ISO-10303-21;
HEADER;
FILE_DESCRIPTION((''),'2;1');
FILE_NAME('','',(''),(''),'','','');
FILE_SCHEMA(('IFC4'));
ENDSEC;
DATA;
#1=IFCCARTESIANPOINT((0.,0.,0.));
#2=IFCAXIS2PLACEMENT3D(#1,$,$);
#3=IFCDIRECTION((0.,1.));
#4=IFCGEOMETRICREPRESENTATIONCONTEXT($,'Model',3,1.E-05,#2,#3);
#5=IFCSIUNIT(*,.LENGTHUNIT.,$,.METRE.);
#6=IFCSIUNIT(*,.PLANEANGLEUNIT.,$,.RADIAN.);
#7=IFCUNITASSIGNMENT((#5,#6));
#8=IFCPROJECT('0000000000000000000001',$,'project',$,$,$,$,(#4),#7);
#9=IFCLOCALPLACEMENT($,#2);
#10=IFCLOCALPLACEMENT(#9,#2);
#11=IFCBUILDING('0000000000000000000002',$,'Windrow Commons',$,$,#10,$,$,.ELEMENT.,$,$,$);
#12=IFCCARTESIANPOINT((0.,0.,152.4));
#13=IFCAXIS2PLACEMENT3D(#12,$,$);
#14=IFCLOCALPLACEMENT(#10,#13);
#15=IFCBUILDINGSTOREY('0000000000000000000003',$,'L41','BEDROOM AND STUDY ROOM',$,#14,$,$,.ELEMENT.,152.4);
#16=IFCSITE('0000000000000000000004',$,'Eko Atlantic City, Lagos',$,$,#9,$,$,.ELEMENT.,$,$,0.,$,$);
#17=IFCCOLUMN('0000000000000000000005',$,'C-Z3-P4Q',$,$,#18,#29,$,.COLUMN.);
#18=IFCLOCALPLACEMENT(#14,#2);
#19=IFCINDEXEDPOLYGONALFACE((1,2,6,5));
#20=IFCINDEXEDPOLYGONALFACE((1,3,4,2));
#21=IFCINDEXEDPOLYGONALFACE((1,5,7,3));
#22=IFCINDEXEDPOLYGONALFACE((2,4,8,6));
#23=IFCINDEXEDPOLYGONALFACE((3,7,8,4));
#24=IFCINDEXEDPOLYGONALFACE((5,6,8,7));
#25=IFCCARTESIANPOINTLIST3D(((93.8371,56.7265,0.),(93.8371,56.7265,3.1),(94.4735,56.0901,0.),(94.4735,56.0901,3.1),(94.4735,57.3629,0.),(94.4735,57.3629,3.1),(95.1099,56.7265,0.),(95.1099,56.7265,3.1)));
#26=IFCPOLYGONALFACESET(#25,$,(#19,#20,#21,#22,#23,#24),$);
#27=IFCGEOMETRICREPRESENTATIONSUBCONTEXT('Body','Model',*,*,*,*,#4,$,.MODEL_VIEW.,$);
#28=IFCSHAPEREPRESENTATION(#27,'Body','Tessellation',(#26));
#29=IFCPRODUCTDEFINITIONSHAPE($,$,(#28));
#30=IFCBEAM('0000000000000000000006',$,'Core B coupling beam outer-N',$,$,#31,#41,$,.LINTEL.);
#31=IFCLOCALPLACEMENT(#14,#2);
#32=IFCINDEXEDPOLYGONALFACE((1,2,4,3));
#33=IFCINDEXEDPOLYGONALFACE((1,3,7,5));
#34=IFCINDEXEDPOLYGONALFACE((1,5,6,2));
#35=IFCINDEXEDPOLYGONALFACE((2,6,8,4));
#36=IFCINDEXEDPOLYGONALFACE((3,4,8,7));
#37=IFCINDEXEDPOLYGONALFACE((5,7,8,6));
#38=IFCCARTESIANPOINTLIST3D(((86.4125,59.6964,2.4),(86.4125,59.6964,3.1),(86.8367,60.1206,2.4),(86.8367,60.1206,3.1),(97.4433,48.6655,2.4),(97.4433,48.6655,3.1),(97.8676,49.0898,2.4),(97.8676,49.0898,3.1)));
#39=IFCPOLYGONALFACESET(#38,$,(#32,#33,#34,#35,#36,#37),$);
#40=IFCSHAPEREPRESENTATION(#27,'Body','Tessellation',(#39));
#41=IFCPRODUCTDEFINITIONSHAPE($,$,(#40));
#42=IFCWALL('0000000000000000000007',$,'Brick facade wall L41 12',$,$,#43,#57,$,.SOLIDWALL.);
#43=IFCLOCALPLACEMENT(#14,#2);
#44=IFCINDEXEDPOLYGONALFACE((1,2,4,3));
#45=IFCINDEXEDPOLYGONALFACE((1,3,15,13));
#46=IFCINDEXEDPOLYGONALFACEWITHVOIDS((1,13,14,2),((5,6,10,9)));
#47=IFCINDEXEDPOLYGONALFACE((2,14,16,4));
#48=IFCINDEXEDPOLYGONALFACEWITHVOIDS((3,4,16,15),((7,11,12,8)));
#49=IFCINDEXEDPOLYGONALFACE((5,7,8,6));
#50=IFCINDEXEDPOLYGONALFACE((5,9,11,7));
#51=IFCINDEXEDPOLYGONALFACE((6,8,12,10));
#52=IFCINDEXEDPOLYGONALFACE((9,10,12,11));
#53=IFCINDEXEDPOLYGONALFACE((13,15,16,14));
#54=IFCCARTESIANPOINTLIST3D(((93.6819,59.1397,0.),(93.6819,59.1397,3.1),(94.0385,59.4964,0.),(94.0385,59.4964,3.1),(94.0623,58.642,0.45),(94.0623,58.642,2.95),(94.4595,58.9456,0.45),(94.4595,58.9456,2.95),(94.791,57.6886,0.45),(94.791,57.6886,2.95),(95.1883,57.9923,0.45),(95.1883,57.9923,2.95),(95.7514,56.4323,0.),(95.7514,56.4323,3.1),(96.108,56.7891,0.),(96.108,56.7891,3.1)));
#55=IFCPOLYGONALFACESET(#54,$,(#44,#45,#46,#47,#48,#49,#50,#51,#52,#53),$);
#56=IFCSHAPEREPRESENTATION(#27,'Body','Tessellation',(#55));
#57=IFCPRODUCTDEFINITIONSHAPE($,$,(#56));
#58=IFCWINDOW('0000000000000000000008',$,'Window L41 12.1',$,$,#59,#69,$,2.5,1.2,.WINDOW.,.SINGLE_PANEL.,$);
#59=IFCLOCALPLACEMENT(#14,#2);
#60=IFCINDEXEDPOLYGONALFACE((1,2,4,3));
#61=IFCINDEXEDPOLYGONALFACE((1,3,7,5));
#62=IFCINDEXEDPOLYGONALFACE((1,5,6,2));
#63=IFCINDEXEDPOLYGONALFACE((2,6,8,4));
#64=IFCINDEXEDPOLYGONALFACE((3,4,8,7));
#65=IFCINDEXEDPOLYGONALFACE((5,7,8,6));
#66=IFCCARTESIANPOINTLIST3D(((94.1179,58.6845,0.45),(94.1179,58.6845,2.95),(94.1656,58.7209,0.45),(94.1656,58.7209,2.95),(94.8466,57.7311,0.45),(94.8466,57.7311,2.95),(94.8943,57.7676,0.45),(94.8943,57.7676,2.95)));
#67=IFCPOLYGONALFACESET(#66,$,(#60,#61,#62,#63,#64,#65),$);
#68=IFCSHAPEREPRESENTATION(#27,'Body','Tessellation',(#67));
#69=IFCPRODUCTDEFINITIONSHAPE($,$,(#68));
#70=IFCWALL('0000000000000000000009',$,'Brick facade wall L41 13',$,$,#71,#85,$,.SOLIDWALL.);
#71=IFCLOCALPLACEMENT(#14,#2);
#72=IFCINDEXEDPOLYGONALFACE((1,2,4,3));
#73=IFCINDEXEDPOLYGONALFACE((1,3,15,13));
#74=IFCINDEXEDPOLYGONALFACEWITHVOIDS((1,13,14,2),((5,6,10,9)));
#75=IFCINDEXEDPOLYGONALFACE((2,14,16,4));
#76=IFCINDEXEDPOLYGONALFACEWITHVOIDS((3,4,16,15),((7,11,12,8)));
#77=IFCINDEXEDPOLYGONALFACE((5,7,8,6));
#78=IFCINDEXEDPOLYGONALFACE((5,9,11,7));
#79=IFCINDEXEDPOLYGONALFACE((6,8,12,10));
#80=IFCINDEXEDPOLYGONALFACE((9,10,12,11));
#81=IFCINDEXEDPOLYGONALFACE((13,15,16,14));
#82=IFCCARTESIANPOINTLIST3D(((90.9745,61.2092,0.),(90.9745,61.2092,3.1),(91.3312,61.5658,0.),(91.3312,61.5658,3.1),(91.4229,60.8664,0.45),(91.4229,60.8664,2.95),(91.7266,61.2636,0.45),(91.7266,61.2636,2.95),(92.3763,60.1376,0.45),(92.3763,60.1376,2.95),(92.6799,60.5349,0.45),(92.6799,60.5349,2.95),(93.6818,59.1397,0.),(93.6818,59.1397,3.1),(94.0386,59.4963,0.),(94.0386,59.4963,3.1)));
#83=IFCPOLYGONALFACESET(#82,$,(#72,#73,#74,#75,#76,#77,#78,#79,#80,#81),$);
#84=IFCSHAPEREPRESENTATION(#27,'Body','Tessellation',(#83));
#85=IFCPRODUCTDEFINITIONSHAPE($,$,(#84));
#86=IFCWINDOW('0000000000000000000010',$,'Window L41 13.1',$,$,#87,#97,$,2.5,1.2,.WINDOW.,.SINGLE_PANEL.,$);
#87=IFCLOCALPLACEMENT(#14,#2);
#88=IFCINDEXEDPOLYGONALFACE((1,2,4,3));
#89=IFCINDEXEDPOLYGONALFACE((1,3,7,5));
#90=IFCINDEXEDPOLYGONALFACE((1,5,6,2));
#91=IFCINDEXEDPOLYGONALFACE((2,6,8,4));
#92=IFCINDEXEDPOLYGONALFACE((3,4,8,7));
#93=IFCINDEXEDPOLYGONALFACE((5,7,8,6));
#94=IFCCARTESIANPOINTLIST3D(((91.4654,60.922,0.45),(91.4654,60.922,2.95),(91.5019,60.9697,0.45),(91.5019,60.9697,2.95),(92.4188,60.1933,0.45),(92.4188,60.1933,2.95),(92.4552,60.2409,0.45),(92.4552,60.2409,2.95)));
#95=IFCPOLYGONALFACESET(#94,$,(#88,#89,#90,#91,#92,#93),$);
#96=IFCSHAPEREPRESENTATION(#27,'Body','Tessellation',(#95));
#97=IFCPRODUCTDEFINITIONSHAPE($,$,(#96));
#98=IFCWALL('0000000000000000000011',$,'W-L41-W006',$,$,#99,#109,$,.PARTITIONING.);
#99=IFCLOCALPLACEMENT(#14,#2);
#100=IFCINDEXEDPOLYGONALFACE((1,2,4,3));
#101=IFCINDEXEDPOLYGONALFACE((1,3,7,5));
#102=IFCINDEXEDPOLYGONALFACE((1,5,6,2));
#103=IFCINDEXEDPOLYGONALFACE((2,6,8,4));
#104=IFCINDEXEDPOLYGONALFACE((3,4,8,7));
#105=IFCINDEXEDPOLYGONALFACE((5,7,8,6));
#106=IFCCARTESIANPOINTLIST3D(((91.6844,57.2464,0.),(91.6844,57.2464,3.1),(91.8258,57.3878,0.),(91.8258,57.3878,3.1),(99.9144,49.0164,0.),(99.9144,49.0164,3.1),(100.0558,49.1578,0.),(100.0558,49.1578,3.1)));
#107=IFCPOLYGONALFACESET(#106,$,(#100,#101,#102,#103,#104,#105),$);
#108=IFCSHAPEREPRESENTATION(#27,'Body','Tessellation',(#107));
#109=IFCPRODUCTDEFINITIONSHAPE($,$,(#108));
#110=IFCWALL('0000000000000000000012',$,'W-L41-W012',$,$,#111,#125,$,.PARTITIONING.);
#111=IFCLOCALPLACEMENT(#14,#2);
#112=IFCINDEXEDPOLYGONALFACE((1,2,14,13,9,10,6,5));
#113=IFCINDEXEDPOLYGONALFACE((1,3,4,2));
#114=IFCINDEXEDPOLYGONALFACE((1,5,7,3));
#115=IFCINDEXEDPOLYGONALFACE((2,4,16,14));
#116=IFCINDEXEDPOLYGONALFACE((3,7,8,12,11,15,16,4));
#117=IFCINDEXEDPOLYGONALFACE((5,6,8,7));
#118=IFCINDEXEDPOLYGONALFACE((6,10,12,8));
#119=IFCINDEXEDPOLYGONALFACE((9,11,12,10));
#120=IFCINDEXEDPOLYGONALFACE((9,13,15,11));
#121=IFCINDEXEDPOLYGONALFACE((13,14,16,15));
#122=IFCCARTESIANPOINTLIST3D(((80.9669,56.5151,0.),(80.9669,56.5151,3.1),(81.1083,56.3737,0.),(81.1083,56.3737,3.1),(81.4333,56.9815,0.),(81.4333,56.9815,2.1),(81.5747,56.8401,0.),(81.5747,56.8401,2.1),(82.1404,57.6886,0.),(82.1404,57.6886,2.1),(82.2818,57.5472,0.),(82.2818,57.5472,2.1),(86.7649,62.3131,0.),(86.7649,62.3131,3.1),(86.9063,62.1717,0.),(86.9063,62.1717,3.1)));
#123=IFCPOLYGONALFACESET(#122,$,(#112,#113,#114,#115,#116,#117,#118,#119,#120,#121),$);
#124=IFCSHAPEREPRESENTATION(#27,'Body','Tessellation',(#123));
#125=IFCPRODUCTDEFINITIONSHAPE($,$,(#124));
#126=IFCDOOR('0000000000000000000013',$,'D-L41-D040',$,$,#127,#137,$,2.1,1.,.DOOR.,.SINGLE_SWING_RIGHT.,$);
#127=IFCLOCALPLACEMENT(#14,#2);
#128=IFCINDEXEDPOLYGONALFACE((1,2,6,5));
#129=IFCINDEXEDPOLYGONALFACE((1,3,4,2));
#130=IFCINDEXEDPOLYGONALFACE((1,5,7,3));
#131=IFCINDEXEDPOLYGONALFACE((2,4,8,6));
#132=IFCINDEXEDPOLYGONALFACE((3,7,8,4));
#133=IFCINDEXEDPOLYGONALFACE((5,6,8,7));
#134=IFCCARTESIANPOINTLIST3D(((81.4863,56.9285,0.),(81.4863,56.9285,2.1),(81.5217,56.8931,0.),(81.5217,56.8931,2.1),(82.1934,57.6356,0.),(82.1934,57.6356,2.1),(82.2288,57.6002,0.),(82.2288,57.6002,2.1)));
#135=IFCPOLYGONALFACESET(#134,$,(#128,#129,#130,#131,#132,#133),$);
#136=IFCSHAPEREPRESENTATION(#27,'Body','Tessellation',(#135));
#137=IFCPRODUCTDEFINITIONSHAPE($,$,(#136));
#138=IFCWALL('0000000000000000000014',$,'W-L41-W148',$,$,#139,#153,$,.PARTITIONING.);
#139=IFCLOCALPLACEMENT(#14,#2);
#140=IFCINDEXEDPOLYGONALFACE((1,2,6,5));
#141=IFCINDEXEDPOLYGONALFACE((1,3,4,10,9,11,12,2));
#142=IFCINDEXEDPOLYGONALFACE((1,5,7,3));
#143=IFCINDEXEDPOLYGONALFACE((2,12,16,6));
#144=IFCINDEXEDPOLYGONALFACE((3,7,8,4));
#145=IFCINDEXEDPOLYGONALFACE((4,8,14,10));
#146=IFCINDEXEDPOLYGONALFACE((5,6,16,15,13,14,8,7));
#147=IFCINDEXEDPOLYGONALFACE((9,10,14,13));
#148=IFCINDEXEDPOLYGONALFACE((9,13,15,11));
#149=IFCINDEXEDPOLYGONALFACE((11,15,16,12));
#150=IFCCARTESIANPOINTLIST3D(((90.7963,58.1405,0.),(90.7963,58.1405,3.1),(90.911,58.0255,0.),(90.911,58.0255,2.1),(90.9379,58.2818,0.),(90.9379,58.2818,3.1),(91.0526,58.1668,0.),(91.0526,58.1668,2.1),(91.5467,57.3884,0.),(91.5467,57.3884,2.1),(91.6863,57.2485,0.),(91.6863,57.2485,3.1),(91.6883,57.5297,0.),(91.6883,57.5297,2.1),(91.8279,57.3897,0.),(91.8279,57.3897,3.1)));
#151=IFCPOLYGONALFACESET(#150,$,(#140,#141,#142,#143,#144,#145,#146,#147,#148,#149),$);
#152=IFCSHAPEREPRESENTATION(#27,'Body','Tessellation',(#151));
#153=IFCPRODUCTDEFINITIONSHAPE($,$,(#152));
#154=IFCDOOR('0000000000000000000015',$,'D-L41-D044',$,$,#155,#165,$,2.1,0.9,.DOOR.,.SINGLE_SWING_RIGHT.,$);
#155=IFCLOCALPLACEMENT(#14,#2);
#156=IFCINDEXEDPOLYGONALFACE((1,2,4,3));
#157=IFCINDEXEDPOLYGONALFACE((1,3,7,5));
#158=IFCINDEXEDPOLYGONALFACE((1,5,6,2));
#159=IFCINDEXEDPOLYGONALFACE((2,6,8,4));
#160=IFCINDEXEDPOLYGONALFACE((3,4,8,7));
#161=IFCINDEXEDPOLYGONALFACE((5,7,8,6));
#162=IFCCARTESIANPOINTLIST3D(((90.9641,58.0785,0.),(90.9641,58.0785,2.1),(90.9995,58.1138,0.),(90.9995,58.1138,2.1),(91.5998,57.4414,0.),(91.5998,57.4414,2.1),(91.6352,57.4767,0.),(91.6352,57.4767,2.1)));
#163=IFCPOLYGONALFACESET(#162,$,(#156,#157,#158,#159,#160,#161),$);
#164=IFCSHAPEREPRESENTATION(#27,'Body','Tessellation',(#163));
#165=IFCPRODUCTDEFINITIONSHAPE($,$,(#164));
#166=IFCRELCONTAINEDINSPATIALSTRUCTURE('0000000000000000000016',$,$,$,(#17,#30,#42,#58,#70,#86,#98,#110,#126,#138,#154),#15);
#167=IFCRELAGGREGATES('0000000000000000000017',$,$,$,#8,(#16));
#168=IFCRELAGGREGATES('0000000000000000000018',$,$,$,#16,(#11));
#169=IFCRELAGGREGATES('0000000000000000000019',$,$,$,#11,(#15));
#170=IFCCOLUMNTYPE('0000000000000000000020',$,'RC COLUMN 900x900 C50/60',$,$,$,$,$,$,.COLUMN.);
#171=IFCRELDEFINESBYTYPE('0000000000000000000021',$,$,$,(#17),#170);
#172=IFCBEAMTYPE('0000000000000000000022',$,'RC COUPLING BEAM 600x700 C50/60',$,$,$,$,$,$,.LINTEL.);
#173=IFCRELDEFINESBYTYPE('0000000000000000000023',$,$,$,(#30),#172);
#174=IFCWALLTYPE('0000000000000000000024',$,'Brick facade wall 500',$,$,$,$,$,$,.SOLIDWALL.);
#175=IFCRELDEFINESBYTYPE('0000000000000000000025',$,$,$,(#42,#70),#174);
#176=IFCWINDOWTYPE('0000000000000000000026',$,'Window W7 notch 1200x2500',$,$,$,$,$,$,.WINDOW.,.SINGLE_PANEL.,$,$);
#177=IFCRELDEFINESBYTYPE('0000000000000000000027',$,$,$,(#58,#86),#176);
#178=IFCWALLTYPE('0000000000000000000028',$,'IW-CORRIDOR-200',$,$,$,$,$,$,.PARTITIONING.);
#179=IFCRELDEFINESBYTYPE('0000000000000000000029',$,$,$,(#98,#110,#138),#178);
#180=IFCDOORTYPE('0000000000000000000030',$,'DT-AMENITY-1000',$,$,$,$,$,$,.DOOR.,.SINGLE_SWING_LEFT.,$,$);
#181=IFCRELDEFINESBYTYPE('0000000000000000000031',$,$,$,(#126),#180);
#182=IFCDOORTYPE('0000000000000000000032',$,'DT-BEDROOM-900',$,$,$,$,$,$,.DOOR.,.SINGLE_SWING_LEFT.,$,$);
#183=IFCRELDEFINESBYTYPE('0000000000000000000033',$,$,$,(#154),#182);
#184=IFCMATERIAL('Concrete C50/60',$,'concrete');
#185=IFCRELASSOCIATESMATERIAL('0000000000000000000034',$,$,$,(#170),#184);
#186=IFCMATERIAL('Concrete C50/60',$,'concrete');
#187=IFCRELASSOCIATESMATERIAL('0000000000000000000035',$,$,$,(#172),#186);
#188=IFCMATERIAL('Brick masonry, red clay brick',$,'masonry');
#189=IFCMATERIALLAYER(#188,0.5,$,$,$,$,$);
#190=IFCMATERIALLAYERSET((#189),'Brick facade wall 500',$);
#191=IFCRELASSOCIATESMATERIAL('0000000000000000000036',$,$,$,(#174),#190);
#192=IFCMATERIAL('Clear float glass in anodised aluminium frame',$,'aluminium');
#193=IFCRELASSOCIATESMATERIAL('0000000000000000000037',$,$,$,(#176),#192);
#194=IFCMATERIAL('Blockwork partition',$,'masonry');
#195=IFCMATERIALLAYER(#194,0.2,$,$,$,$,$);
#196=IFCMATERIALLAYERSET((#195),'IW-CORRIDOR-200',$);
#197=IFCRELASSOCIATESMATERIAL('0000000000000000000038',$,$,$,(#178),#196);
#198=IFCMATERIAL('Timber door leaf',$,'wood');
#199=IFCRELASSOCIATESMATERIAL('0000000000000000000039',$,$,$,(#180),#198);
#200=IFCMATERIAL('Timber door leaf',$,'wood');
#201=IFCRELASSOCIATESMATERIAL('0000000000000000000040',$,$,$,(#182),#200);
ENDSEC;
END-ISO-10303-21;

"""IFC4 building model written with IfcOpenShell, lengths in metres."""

from ifc_helpers import new_model, si_unit, direction, frame, frame_2d, origin, origin_2d, place, context, subcontext, project, spatial, polyline, rectangle, outline, extrude, material, layer, layer_set, material_profile, profile_set, type_object, element, fill, save


model = new_model("IFC4")

# Units and contexts
model_context = context("Model", 3, precision=1e-05, world=origin(), true_north=direction((0.0, 1.0)))
body_context = subcontext(model_context, "Body", "Model", "MODEL_VIEW")
ifc_project = project(units=[si_unit("LENGTHUNIT", "METRE"), si_unit("PLANEANGLEUNIT", "RADIAN")], contexts=[model_context])

# Site, building, storey
site_placement = place(None, origin())
site = spatial("IfcSite", under=ifc_project, at=site_placement, Name="Eko Atlantic City, Lagos", CompositionType="ELEMENT", RefElevation=0.0)
building_placement = place(site_placement, origin())
building = spatial("IfcBuilding", under=site, at=building_placement, Name="Windrow Commons", CompositionType="ELEMENT")
storey_placement = place(building_placement, frame((0.0, 0.0, 152.4)))
storey = spatial("IfcBuildingStorey", under=building, at=storey_placement, Name="L41", Description="BEDROOM AND STUDY ROOM", CompositionType="ELEMENT", Elevation=152.4)

# Column
ifc_material_1 = material(Name="Concrete C50/60", Category="concrete")
ifc_material_profile_1 = material_profile(ifc_material_1, rectangle(XDim=0.9, YDim=0.9, at=origin_2d()))
ifc_profile_set_1 = profile_set([ifc_material_profile_1], Name="Concrete C50/60")
column_type = type_object("IfcColumnType", Name="RC COLUMN 900x900 C50/60", PredefinedType="COLUMN", material=ifc_profile_set_1)
column_placement = place(storey_placement, frame((94.4735, 56.7265, 0.0), z_axis=(0.0, 0.0, 1.0), x_axis=(0.707107, -0.707107, 0.0)))
element("IfcColumn", 1, at=column_placement, inside=storey, type_object=column_type, Name="C-Z3-P4Q", PredefinedType="COLUMN", context=body_context, shape_type="SweptSolid", body=[
    extrude(rectangle(XDim=0.9, YDim=0.9, at=origin_2d()), origin(), (0.0, 0.0, 1.0), 3.1),
])

# Beam
ifc_material_2 = material(Name="Concrete C50/60", Category="concrete")
ifc_material_profile_2 = material_profile(ifc_material_2, rectangle(XDim=0.6, YDim=0.7, at=origin_2d()))
ifc_profile_set_2 = profile_set([ifc_material_profile_2], Name="Concrete C50/60")
beam_type = type_object("IfcBeamType", Name="RC COUPLING BEAM 600x700 C50/60", PredefinedType="LINTEL", material=ifc_profile_set_2)
beam_placement = place(storey_placement, frame((86.6246, 59.9085, 2.75), z_axis=(0.707107, -0.707107, 0.0), x_axis=(0.707107, 0.707107, 0.0)))
element("IfcBeam", 2, at=beam_placement, inside=storey, type_object=beam_type, Name="Core B coupling beam outer-N", PredefinedType="LINTEL", context=body_context, shape_type="SweptSolid", body=[
    extrude(rectangle(XDim=0.6, YDim=0.7, at=origin_2d()), origin(), (0.0, 0.0, 1.0), 15.6),
])

# Walls, openings, windows
ifc_material_3 = material(Name="Brick masonry, red clay brick", Category="masonry")
ifc_layer_1 = layer(ifc_material_3, 0.5)
ifc_layer_set_1 = layer_set([ifc_layer_1], Name="Brick facade wall 500")
wall_type_1 = type_object("IfcWallType", Name="Brick facade wall 500", PredefinedType="SOLIDWALL", material=ifc_layer_set_1)
wall_1_placement = place(storey_placement, frame((95.9297, 56.6107, 0.0), z_axis=(0.0, 0.0, 1.0), x_axis=(-0.607304, 0.794469, 0.0)))
wall_1 = element("IfcWall", 3, at=wall_1_placement, inside=storey, type_object=wall_type_1, Name="Brick facade wall L41 12", PredefinedType="SOLIDWALL", context=body_context, shape_type="SweptSolid", body=[
    extrude(outline(polyline([(0.0334, -0.25), (3.4411, -0.25), (3.3743, 0.25), (-0.0334, 0.25), (0.0334, -0.25)])), origin(), (0.0, 0.0, 1.0), 3.1),
])
opening_1_placement = place(wall_1_placement, frame((1.5479, 0.0, 0.45)))
opening_1 = element("IfcOpeningElement", 4, at=opening_1_placement, cuts=wall_1, PredefinedType="OPENING", context=body_context, shape_type="SweptSolid", body=[
    extrude(rectangle(XDim=1.2, YDim=2.5, at=frame_2d((0.6, 1.25))), frame((0.0, 0.26, 0.0), z_axis=(0.0, -1.0, 0.0), x_axis=(1.0, 0.0, 0.0)), (0.0, 0.0, 1.0), 0.52),
])
ifc_material_4 = material(Name="Clear float glass in anodised aluminium frame", Category="aluminium")
window_type = type_object("IfcWindowType", Name="Window W7 notch 1200x2500", PartitioningType="SINGLE_PANEL", PredefinedType="WINDOW", material=ifc_material_4)
window_1_placement = place(opening_1_placement, origin())
window_1 = element("IfcWindow", 5, at=window_1_placement, inside=storey, type_object=window_type, Name="Window L41 12.1", OverallHeight=2.5, OverallWidth=1.2, PartitioningType="SINGLE_PANEL", PredefinedType="WINDOW", context=body_context, shape_type="SweptSolid", body=[
    extrude(rectangle(XDim=1.2, YDim=2.5, at=frame_2d((0.6, 1.25))), frame((0.0, 0.18, 0.0), z_axis=(0.0, -1.0, 0.0), x_axis=(1.0, 0.0, 0.0)), (0.0, 0.0, 1.0), 0.06),
])
fill(opening_1, window_1)
wall_2_placement = place(storey_placement, frame((93.8602, 59.318, 0.0), z_axis=(0.0, 0.0, 1.0), x_axis=(-0.794469, 0.607304, 0.0)))
wall_2 = element("IfcWall", 6, at=wall_2_placement, inside=storey, type_object=wall_type_1, Name="Brick facade wall L41 13", PredefinedType="SOLIDWALL", context=body_context, shape_type="SweptSolid", body=[
    extrude(outline(polyline([(-0.0334, -0.25), (3.3743, -0.25), (3.4411, 0.25), (0.0334, 0.25), (-0.0334, -0.25)])), origin(), (0.0, 0.0, 1.0), 3.1),
])
opening_2_placement = place(wall_2_placement, frame((1.6767, 0.0, 0.45)))
opening_2 = element("IfcOpeningElement", 7, at=opening_2_placement, cuts=wall_2, PredefinedType="OPENING", context=body_context, shape_type="SweptSolid", body=[
    extrude(rectangle(XDim=1.2, YDim=2.5, at=frame_2d((0.6, 1.25))), frame((0.0, 0.26, 0.0), z_axis=(0.0, -1.0, 0.0), x_axis=(1.0, 0.0, 0.0)), (0.0, 0.0, 1.0), 0.52),
])
window_2_placement = place(opening_2_placement, origin())
window_2 = element("IfcWindow", 8, at=window_2_placement, inside=storey, type_object=window_type, Name="Window L41 13.1", OverallHeight=2.5, OverallWidth=1.2, PartitioningType="SINGLE_PANEL", PredefinedType="WINDOW", context=body_context, shape_type="SweptSolid", body=[
    extrude(rectangle(XDim=1.2, YDim=2.5, at=frame_2d((0.6, 1.25))), frame((0.0, 0.18, 0.0), z_axis=(0.0, -1.0, 0.0), x_axis=(1.0, 0.0, 0.0)), (0.0, 0.0, 1.0), 0.06),
])
fill(opening_2, window_2)

# Wall
ifc_material_5 = material(Name="Blockwork partition", Category="masonry")
ifc_layer_2 = layer(ifc_material_5, 0.2)
ifc_layer_set_2 = layer_set([ifc_layer_2], Name="IW-CORRIDOR-200")
wall_type_2 = type_object("IfcWallType", Name="IW-CORRIDOR-200", PredefinedType="PARTITIONING", material=ifc_layer_set_2)
wall_3_placement = place(storey_placement, frame((91.7551, 57.3171, 0.0), z_axis=(0.0, 0.0, 1.0), x_axis=(0.707107, -0.707107, 0.0)))
element("IfcWall", 9, at=wall_3_placement, inside=storey, type_object=wall_type_2, Name="W-L41-W006", PredefinedType="PARTITIONING", context=body_context, shape_type="SweptSolid", body=[
    extrude(rectangle(XDim=11.639, YDim=0.2, at=frame_2d((5.8195, 0.0))), origin(), (0.0, 0.0, 1.0), 3.1),
])

# Walls, openings, doors
wall_4_placement = place(storey_placement, frame((81.0376, 56.4444, 0.0), z_axis=(0.0, 0.0, 1.0), x_axis=(0.707107, 0.707107, 0.0)))
wall_4 = element("IfcWall", 10, at=wall_4_placement, inside=storey, type_object=wall_type_2, Name="W-L41-W012", PredefinedType="PARTITIONING", context=body_context, shape_type="SweptSolid", body=[
    extrude(rectangle(XDim=8.1996, YDim=0.2, at=frame_2d((4.0998, 0.0))), origin(), (0.0, 0.0, 1.0), 3.1),
])
opening_3_placement = place(wall_4_placement, frame((0.6596, 0.0, 0.0)))
opening_3 = element("IfcOpeningElement", 11, at=opening_3_placement, cuts=wall_4, PredefinedType="OPENING", context=body_context, shape_type="SweptSolid", body=[
    extrude(rectangle(XDim=1.0, YDim=2.1, at=frame_2d((0.5, 1.05))), frame((0.0, 0.11, 0.0), z_axis=(0.0, -1.0, 0.0), x_axis=(1.0, 0.0, 0.0)), (0.0, 0.0, 1.0), 0.22),
])
ifc_material_6 = material(Name="Timber door leaf", Category="wood")
door_type_1 = type_object("IfcDoorType", Name="DT-AMENITY-1000", OperationType="SINGLE_SWING_LEFT", PredefinedType="DOOR", material=ifc_material_6)
door_1_placement = place(opening_3_placement, origin())
door_1 = element("IfcDoor", 12, at=door_1_placement, inside=storey, type_object=door_type_1, Name="D-L41-D040", OperationType="SINGLE_SWING_RIGHT", OverallHeight=2.1, OverallWidth=1.0, PredefinedType="DOOR", context=body_context, shape_type="SweptSolid", body=[
    extrude(rectangle(XDim=1.0, YDim=2.1, at=frame_2d((0.5, 1.05))), frame((0.0, 0.025, 0.0), z_axis=(0.0, -1.0, 0.0), x_axis=(1.0, 0.0, 0.0)), (0.0, 0.0, 1.0), 0.05),
])
fill(opening_3, door_1)
wall_5_placement = place(storey_placement, frame((90.8671, 58.2111, 0.0), z_axis=(0.0, 0.0, 1.0), x_axis=(0.706313, -0.7079, 0.0)))
wall_5 = element("IfcWall", 13, at=wall_5_placement, inside=storey, type_object=wall_type_2, Name="W-L41-W148", PredefinedType="PARTITIONING", context=body_context, shape_type="SweptSolid", body=[
    extrude(rectangle(XDim=1.2601, YDim=0.2, at=frame_2d((0.63, 0.0))), origin(), (0.0, 0.0, 1.0), 3.1),
])
opening_4_placement = place(wall_5_placement, frame((0.1624, 0.0, 0.0)))
opening_4 = element("IfcOpeningElement", 14, at=opening_4_placement, cuts=wall_5, PredefinedType="OPENING", context=body_context, shape_type="SweptSolid", body=[
    extrude(rectangle(XDim=0.9, YDim=2.1, at=frame_2d((0.45, 1.05))), frame((0.0, 0.11, 0.0), z_axis=(0.0, -1.0, 0.0), x_axis=(1.0, 0.0, 0.0)), (0.0, 0.0, 1.0), 0.22),
])
ifc_material_7 = material(Name="Timber door leaf", Category="wood")
door_type_2 = type_object("IfcDoorType", Name="DT-BEDROOM-900", OperationType="SINGLE_SWING_LEFT", PredefinedType="DOOR", material=ifc_material_7)
door_2_placement = place(opening_4_placement, origin())
door_2 = element("IfcDoor", 15, at=door_2_placement, inside=storey, type_object=door_type_2, Name="D-L41-D044", OperationType="SINGLE_SWING_RIGHT", OverallHeight=2.1, OverallWidth=0.9, PredefinedType="DOOR", context=body_context, shape_type="SweptSolid", body=[
    extrude(rectangle(XDim=0.9, YDim=2.1, at=frame_2d((0.45, 1.05))), frame((0.0, 0.025, 0.0), z_axis=(0.0, -1.0, 0.0), x_axis=(1.0, 0.0, 0.0)), (0.0, 0.0, 1.0), 0.05),
])
fill(opening_4, door_2)

save(model, "model.ifc")
